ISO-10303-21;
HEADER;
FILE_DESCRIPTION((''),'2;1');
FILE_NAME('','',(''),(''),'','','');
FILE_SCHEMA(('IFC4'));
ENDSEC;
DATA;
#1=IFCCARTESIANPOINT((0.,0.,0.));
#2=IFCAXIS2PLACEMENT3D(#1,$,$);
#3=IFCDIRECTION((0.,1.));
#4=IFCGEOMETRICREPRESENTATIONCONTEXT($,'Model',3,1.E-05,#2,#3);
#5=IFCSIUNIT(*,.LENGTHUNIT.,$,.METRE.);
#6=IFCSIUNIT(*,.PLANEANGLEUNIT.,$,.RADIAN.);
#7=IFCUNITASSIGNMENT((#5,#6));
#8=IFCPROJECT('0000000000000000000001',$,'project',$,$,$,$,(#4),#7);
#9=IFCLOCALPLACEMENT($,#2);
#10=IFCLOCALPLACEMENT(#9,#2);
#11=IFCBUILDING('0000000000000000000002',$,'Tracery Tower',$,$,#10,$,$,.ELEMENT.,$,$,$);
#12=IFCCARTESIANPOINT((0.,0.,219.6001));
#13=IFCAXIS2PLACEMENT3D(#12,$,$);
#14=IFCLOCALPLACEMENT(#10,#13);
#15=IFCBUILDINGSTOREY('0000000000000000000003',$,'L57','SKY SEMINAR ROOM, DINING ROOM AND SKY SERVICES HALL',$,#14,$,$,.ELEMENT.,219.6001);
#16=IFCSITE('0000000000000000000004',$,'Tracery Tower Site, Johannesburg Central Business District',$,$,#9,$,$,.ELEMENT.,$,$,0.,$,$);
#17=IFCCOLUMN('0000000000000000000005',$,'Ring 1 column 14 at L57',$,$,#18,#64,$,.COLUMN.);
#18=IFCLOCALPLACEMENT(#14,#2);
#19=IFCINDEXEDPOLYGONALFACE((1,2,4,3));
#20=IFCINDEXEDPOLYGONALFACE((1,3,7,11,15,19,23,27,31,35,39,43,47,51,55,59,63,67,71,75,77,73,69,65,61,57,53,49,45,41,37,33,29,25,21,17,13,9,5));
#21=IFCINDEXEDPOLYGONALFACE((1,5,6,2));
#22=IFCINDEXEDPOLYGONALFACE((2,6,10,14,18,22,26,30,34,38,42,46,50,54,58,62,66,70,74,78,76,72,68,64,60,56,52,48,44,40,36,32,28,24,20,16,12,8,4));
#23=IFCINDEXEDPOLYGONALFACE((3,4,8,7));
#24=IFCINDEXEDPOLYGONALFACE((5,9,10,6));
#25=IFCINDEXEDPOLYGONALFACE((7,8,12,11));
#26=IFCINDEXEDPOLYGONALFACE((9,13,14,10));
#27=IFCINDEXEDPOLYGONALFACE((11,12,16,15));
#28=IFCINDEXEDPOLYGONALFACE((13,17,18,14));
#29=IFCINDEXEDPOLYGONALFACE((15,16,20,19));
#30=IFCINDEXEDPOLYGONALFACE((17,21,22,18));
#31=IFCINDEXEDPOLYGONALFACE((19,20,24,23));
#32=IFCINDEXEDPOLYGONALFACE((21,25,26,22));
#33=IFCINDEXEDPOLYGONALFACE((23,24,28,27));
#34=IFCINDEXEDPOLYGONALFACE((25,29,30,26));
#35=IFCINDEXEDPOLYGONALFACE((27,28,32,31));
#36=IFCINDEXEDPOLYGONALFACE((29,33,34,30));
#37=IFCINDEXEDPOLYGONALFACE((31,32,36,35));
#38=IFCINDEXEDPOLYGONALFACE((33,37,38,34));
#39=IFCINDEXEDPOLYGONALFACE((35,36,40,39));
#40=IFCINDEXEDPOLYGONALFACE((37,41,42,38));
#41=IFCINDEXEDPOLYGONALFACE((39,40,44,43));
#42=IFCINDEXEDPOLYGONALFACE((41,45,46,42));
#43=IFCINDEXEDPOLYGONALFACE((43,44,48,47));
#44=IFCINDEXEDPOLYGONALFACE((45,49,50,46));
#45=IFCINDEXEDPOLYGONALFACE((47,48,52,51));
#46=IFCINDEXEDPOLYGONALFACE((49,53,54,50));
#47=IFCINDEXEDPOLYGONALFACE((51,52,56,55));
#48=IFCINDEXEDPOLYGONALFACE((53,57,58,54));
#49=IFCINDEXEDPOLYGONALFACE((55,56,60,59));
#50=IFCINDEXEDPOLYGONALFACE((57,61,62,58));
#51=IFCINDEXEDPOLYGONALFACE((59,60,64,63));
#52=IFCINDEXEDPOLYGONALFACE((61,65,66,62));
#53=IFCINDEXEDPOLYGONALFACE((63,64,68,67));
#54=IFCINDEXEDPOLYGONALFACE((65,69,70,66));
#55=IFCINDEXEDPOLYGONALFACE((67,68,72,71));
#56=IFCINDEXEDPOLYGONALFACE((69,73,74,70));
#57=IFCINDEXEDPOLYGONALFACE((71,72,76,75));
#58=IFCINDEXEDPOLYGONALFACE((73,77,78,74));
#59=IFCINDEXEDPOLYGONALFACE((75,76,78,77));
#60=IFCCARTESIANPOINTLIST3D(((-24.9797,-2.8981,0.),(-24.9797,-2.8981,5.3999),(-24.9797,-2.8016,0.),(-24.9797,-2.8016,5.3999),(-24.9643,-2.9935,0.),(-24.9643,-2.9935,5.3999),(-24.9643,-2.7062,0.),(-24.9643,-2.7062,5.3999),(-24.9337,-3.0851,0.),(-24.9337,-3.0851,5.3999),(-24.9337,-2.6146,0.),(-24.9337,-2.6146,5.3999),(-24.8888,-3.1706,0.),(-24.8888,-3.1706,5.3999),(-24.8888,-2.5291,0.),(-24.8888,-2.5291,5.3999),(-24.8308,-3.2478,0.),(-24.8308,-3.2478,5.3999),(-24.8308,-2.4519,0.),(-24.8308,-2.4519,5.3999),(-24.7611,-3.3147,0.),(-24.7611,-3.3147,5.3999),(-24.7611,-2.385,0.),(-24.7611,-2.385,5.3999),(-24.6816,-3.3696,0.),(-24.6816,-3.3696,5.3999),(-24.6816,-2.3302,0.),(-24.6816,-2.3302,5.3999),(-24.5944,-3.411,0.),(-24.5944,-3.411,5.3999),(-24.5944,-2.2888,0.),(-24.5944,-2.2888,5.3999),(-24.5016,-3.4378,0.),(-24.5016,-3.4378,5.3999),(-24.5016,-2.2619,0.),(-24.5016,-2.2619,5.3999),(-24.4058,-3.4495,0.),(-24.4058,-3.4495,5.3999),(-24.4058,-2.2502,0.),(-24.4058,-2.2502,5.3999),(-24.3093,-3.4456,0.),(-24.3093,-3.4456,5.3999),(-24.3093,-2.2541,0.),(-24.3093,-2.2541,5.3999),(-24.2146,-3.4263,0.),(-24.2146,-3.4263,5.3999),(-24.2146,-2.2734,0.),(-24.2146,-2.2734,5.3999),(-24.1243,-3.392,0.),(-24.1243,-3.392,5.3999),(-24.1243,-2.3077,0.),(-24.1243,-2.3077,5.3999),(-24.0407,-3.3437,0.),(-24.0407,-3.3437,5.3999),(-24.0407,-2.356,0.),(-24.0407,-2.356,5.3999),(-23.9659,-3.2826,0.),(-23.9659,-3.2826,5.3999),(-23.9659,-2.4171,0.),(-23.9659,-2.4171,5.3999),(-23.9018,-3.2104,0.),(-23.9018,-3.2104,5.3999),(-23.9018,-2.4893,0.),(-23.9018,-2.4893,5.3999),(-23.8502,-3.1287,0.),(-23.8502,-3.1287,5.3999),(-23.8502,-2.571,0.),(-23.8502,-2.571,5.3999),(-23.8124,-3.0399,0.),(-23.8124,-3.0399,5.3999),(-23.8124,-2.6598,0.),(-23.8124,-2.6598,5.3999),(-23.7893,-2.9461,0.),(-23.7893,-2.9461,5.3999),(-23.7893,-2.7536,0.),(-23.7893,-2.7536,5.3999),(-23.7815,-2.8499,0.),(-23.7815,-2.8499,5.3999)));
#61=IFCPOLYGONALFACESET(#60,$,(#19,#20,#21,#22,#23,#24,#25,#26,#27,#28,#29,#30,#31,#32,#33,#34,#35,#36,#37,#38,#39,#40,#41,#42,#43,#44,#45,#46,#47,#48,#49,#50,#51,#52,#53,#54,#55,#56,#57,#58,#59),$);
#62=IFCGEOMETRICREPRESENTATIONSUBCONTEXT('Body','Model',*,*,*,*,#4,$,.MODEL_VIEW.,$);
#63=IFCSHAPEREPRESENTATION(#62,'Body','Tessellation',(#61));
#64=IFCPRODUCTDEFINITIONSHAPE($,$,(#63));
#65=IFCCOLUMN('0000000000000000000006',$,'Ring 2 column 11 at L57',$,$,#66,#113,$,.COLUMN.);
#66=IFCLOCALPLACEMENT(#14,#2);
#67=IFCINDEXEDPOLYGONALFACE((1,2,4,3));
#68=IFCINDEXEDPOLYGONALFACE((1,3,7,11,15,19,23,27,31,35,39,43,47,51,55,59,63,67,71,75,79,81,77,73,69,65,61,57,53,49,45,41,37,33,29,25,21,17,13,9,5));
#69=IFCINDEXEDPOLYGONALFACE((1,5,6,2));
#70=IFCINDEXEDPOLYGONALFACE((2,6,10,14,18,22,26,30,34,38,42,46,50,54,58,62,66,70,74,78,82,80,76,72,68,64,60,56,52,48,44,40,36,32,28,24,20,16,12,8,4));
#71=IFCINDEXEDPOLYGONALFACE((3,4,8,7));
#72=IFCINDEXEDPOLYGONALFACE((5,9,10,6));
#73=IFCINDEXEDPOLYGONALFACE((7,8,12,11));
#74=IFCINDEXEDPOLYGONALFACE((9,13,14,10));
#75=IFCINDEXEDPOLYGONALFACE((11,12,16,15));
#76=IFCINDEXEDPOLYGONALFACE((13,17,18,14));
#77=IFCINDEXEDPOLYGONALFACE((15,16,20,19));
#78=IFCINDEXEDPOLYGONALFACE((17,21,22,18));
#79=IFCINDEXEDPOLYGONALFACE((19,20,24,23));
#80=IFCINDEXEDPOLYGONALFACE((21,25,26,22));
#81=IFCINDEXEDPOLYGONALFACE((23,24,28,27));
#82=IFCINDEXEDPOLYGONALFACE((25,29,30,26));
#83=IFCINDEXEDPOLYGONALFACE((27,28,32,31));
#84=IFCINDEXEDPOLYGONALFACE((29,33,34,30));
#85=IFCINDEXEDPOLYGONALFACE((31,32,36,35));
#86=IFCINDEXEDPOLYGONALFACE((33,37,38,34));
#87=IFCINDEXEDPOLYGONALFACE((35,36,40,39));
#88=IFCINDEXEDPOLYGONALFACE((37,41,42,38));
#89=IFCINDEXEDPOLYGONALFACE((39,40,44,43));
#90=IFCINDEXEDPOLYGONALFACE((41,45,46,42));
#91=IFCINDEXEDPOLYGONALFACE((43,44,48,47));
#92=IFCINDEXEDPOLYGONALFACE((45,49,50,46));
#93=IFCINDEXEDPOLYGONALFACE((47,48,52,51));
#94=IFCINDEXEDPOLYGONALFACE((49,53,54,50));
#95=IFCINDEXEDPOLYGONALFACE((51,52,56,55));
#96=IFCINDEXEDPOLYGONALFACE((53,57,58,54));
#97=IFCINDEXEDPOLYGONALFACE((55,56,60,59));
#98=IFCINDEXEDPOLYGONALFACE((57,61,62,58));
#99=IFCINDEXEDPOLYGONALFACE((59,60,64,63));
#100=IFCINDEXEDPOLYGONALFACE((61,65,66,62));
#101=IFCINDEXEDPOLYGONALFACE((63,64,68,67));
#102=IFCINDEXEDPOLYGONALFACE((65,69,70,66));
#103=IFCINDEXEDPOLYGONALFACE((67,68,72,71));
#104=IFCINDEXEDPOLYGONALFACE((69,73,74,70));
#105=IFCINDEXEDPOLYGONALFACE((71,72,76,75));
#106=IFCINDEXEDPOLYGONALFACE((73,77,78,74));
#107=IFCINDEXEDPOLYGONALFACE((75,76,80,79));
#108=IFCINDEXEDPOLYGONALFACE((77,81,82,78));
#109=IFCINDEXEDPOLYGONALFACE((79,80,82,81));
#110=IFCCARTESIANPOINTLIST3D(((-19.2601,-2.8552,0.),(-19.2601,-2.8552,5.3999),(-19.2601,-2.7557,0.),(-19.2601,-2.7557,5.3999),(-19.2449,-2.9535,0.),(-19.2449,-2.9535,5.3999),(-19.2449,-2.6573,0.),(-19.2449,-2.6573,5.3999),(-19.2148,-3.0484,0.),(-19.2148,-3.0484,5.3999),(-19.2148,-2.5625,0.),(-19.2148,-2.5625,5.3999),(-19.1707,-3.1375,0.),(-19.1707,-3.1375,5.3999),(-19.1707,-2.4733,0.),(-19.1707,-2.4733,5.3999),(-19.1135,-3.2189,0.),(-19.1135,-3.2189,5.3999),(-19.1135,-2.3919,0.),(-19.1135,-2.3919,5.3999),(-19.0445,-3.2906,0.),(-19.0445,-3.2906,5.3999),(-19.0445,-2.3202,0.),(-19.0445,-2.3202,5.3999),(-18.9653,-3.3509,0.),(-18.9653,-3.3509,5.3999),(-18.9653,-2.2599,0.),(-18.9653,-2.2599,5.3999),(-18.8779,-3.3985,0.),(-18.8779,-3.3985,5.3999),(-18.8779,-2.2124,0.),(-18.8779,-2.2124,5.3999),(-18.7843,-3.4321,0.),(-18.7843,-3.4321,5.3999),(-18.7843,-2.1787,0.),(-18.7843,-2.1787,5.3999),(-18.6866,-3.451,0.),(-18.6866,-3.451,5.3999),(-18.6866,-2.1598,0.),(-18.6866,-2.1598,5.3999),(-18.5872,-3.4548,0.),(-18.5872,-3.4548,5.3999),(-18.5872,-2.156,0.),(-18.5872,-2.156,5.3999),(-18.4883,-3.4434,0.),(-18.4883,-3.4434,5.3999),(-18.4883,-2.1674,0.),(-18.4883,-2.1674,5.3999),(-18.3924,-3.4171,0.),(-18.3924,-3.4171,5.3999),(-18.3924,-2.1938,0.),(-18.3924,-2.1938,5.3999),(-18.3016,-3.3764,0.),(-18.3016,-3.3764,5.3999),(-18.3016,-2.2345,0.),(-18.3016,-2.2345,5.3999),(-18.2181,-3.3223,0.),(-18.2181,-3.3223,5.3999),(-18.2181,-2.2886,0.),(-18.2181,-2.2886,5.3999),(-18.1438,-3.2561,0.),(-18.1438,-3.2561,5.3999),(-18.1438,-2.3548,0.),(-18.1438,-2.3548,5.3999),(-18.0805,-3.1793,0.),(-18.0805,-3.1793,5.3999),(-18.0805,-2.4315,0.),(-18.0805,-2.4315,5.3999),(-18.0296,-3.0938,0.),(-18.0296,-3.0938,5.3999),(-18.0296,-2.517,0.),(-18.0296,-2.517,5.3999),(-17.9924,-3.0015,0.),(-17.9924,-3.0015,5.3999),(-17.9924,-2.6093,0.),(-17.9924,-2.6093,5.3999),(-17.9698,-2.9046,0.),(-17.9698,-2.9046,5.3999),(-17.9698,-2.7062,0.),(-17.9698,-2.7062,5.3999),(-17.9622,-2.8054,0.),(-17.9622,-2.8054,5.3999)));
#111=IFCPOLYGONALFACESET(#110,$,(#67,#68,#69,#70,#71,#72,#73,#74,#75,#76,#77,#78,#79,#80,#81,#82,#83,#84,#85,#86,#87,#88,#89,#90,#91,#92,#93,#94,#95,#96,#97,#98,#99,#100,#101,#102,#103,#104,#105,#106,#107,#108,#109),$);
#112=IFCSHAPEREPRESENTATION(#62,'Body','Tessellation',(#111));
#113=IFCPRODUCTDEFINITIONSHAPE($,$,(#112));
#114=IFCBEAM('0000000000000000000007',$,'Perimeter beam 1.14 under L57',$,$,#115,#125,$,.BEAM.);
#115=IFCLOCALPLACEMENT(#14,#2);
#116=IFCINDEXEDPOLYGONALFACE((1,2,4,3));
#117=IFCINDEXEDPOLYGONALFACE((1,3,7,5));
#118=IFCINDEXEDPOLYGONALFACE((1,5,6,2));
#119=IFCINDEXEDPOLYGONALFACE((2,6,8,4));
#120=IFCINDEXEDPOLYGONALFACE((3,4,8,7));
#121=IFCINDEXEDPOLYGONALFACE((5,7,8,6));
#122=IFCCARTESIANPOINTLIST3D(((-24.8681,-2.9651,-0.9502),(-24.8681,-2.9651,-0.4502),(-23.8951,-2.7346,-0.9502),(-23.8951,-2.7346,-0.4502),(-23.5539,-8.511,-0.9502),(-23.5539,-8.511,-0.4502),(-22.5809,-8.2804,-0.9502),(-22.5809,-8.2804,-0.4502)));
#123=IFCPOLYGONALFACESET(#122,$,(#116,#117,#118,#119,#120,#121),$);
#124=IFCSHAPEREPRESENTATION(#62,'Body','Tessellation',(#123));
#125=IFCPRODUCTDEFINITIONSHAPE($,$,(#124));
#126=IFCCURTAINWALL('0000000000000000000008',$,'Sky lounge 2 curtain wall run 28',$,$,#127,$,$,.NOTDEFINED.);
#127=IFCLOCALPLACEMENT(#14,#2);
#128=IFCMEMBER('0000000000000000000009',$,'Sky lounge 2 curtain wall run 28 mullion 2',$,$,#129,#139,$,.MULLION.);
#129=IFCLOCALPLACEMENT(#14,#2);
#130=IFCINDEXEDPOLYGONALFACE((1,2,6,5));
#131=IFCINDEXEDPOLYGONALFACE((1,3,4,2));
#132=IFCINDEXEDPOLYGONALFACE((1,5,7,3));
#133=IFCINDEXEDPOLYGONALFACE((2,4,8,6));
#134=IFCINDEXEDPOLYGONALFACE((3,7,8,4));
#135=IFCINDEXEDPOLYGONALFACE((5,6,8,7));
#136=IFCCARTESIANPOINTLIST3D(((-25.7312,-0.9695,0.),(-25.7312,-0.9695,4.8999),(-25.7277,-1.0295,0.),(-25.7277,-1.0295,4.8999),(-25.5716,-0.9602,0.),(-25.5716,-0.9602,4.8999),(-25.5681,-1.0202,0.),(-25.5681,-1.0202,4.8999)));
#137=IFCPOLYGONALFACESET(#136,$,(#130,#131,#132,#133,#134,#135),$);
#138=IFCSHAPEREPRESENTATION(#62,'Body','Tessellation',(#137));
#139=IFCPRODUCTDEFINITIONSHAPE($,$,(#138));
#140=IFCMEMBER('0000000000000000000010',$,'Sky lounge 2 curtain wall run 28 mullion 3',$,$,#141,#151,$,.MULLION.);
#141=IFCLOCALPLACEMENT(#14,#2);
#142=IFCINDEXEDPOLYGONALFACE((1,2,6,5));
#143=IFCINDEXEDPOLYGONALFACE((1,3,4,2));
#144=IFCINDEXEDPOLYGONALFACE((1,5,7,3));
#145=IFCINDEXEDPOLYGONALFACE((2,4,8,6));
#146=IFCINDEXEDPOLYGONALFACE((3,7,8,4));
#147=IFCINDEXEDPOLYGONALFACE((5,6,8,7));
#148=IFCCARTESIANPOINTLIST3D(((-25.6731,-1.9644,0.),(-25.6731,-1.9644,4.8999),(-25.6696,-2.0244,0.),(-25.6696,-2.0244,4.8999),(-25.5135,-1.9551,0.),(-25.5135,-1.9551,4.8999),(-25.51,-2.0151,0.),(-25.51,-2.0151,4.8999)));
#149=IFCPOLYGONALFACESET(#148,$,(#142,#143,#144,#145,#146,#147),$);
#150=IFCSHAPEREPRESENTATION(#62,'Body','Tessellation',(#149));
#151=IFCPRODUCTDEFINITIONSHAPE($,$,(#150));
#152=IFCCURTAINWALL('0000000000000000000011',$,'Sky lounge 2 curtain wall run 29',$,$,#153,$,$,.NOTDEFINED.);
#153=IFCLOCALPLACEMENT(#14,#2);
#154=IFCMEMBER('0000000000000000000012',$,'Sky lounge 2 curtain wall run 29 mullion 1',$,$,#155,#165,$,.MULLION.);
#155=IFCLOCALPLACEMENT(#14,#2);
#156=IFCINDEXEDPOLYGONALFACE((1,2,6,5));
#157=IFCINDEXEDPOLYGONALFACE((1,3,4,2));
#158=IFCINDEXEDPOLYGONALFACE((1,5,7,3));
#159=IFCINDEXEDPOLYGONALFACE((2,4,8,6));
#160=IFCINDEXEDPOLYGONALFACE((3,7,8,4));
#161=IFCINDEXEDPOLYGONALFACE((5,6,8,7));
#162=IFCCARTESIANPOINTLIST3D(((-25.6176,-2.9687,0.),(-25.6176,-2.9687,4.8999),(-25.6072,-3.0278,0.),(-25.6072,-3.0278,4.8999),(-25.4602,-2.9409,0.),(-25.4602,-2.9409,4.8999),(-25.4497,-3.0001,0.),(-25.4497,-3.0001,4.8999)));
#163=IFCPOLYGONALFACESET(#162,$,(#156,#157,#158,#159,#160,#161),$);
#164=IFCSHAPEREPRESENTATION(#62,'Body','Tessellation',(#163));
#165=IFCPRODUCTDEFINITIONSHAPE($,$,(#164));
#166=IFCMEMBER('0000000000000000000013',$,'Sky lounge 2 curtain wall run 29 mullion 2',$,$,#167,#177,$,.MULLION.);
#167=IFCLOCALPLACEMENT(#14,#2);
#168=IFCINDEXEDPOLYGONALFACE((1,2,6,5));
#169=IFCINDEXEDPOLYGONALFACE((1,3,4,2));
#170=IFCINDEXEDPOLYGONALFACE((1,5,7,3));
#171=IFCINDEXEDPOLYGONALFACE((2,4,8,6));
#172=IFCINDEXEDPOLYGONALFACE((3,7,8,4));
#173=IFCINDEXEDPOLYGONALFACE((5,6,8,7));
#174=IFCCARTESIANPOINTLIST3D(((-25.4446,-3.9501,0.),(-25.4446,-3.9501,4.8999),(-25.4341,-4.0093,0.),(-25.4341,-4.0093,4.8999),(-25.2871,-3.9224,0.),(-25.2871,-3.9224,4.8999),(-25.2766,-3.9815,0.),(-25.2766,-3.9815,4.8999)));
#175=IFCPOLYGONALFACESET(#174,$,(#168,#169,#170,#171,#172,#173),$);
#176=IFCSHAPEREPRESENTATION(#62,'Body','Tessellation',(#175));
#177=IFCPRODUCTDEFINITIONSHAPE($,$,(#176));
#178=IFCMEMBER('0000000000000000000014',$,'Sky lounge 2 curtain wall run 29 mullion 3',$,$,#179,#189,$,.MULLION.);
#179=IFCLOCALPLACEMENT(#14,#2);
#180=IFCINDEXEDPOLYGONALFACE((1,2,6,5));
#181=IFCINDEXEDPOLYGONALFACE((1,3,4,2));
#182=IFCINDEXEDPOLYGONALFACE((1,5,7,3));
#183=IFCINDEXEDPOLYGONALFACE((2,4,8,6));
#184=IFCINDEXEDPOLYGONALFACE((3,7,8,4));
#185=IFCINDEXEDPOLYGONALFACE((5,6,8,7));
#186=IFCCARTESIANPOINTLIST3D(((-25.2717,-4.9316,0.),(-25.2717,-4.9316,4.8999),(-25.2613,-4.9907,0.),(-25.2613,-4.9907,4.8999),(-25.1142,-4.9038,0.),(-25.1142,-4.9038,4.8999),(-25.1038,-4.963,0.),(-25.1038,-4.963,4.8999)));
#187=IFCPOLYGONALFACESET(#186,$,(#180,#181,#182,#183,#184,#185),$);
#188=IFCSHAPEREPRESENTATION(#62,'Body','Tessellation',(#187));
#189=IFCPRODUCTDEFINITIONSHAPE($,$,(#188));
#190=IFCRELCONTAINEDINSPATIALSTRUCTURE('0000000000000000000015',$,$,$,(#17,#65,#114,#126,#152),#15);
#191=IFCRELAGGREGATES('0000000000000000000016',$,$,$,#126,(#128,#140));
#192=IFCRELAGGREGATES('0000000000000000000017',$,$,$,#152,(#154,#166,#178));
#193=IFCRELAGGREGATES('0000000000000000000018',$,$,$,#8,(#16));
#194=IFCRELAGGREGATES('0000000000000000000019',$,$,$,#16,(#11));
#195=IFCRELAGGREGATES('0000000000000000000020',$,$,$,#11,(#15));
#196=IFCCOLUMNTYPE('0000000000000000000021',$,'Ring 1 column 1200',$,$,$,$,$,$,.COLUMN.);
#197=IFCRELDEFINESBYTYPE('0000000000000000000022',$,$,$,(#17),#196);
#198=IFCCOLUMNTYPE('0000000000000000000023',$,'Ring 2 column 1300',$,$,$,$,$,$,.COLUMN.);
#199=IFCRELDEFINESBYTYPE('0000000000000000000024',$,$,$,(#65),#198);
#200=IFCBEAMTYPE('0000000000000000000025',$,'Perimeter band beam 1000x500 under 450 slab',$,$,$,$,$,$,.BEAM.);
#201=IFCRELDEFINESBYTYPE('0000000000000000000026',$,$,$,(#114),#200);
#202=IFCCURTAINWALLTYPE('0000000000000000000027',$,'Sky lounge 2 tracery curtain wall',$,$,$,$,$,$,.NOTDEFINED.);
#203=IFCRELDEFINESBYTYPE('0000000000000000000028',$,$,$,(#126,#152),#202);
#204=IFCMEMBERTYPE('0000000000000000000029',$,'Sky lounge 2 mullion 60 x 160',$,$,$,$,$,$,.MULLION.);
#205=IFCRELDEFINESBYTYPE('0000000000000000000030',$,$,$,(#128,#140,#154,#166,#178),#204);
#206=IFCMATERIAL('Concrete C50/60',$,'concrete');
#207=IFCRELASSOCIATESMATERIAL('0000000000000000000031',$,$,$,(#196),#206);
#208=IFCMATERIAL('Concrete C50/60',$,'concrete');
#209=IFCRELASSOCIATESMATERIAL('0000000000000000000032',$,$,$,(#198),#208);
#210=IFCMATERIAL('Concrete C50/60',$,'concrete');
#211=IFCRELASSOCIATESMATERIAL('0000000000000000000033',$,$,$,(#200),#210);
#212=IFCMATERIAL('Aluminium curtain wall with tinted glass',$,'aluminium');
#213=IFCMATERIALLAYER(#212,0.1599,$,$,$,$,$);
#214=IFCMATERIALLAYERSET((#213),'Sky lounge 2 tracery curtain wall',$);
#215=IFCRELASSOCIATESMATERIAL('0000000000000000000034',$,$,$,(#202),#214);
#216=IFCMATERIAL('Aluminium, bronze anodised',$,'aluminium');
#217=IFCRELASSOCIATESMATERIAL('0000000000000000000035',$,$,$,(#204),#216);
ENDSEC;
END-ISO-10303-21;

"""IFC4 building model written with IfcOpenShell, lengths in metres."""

from ifc_helpers import new_model, si_unit, direction, frame, origin, origin_2d, place, context, subcontext, project, spatial, rectangle, circle, extrude, material, layer, layer_set, material_profile, profile_set, type_object, element, aggregate, save


model = new_model("IFC4")

# Units and contexts
model_context = context("Model", 3, precision=1e-05, world=origin(), true_north=direction((0.0, 1.0)))
body_context = subcontext(model_context, "Body", "Model", "MODEL_VIEW")
ifc_project = project(units=[si_unit("LENGTHUNIT", "METRE"), si_unit("PLANEANGLEUNIT", "RADIAN")], contexts=[model_context])

# Site, building, storey
site_placement = place(None, origin())
site = spatial("IfcSite", under=ifc_project, at=site_placement, Name="Tracery Tower Site, Johannesburg Central Business District", CompositionType="ELEMENT", RefElevation=0.0)
building_placement = place(site_placement, origin())
building = spatial("IfcBuilding", under=site, at=building_placement, Name="Tracery Tower", CompositionType="ELEMENT")
storey_placement = place(building_placement, frame((0.0, 0.0, 219.6001)))
storey = spatial("IfcBuildingStorey", under=building, at=storey_placement, Name="L57", Description="SKY SEMINAR ROOM, DINING ROOM AND SKY SERVICES HALL", CompositionType="ELEMENT", Elevation=219.6001)

# Columns
ifc_material_1 = material(Name="Concrete C50/60", Category="concrete")
ifc_material_profile_1 = material_profile(ifc_material_1, circle(Radius=0.6001, at=origin_2d()), Name="RC D1200")
ifc_profile_set_1 = profile_set([ifc_material_profile_1], Name="Concrete C50/60")
column_type_1 = type_object("IfcColumnType", Name="Ring 1 column 1200", PredefinedType="COLUMN", material=ifc_profile_set_1)
column_1_placement = place(storey_placement, frame((-24.3816, -2.8499, 0.0), z_axis=(0.0, 0.0, 1.0), x_axis=(1.0, 0.0, 0.0)))
element("IfcColumn", 1, at=column_1_placement, inside=storey, type_object=column_type_1, Name="Ring 1 column 14 at L57", PredefinedType="COLUMN", context=body_context, shape_type="SweptSolid", body=[
    extrude(circle(Radius=0.6001, at=origin_2d()), origin(), (0.0, 0.0, 1.0), 5.3999),
])
ifc_material_2 = material(Name="Concrete C50/60", Category="concrete")
ifc_material_profile_2 = material_profile(ifc_material_2, circle(Radius=0.6499, at=origin_2d()), Name="RC D1300")
ifc_profile_set_2 = profile_set([ifc_material_profile_2], Name="Concrete C50/60")
column_type_2 = type_object("IfcColumnType", Name="Ring 2 column 1300", PredefinedType="COLUMN", material=ifc_profile_set_2)
column_2_placement = place(storey_placement, frame((-18.6121, -2.8054, 0.0), z_axis=(0.0, 0.0, 1.0), x_axis=(1.0, 0.0, 0.0)))
element("IfcColumn", 2, at=column_2_placement, inside=storey, type_object=column_type_2, Name="Ring 2 column 11 at L57", PredefinedType="COLUMN", context=body_context, shape_type="SweptSolid", body=[
    extrude(circle(Radius=0.6499, at=origin_2d()), origin(), (0.0, 0.0, 1.0), 5.3999),
])

# Beam
ifc_material_3 = material(Name="Concrete C50/60", Category="concrete")
ifc_material_profile_3 = material_profile(ifc_material_3, rectangle(XDim=1.0, YDim=0.5, at=origin_2d()), Name="RC 1000x500")
ifc_profile_set_3 = profile_set([ifc_material_profile_3], Name="Concrete C50/60")
beam_type = type_object("IfcBeamType", Name="Perimeter band beam 1000x500 under 450 slab", PredefinedType="BEAM", material=ifc_profile_set_3)
beam_placement = place(storey_placement, frame((-24.3816, -2.8499, -0.7002), z_axis=(0.230584, -0.973052, 0.0), x_axis=(0.973052, 0.230584, 0.0)))
element("IfcBeam", 3, at=beam_placement, inside=storey, type_object=beam_type, Name="Perimeter beam 1.14 under L57", PredefinedType="BEAM", context=body_context, shape_type="SweptSolid", body=[
    extrude(rectangle(XDim=1.0, YDim=0.5, at=origin_2d()), origin(), (0.0, 0.0, 1.0), 5.6995),
])

# Curtain walls, members
ifc_material_4 = material(Name="Aluminium curtain wall with tinted glass", Category="aluminium")
ifc_layer_1 = layer(ifc_material_4, 0.1599)
ifc_layer_set_1 = layer_set([ifc_layer_1], Name="Sky lounge 2 tracery curtain wall")
curtain_wall_type = type_object("IfcCurtainWallType", Name="Sky lounge 2 tracery curtain wall", PredefinedType="NOTDEFINED", material=ifc_layer_set_1)
curtain_wall_1_placement = place(storey_placement, origin())
curtain_wall_1 = element("IfcCurtainWall", 4, at=curtain_wall_1_placement, inside=storey, type_object=curtain_wall_type, Name="Sky lounge 2 curtain wall run 28", PredefinedType="NOTDEFINED")
ifc_material_5 = material(Name="Aluminium, bronze anodised", Category="aluminium")
ifc_material_profile_4 = material_profile(ifc_material_5, rectangle(XDim=0.1599, YDim=0.0601, at=origin_2d()), Name="AL 60x160")
ifc_profile_set_4 = profile_set([ifc_material_profile_4], Name="Aluminium, bronze anodised")
member_type_1 = type_object("IfcMemberType", Name="Sky lounge 2 mullion 60 x 160", PredefinedType="MULLION", material=ifc_profile_set_4)
member_1_placement = place(storey_placement, frame((-25.6497, -0.9949, 0.0), z_axis=(0.0, 0.0, 1.0), x_axis=(0.998308, 0.058145, 0.0)))
member_1 = element("IfcMember", 5, at=member_1_placement, type_object=member_type_1, Name="Sky lounge 2 curtain wall run 28 mullion 2", PredefinedType="MULLION", context=body_context, shape_type="SweptSolid", body=[
    extrude(rectangle(XDim=0.1599, YDim=0.0601, at=origin_2d()), origin(), (0.0, 0.0, 1.0), 4.8999),
])
member_2_placement = place(storey_placement, frame((-25.5916, -1.9897, 0.0), z_axis=(0.0, 0.0, 1.0), x_axis=(0.998308, 0.058145, 0.0)))
member_2 = element("IfcMember", 6, at=member_2_placement, type_object=member_type_1, Name="Sky lounge 2 curtain wall run 28 mullion 3", PredefinedType="MULLION", context=body_context, shape_type="SweptSolid", body=[
    extrude(rectangle(XDim=0.1599, YDim=0.0601, at=origin_2d()), origin(), (0.0, 0.0, 1.0), 4.8999),
])
curtain_wall_2_placement = place(storey_placement, origin())
curtain_wall_2 = element("IfcCurtainWall", 7, at=curtain_wall_2_placement, inside=storey, type_object=curtain_wall_type, Name="Sky lounge 2 curtain wall run 29", PredefinedType="NOTDEFINED")
member_3_placement = place(storey_placement, frame((-25.5337, -2.9844, 0.0), z_axis=(0.0, 0.0, 1.0), x_axis=(0.984808, 0.173648, 0.0)))
member_3 = element("IfcMember", 8, at=member_3_placement, type_object=member_type_1, Name="Sky lounge 2 curtain wall run 29 mullion 1", PredefinedType="MULLION", context=body_context, shape_type="SweptSolid", body=[
    extrude(rectangle(XDim=0.1599, YDim=0.0601, at=origin_2d()), origin(), (0.0, 0.0, 1.0), 4.8999),
])
member_4_placement = place(storey_placement, frame((-25.3606, -3.9658, 0.0), z_axis=(0.0, 0.0, 1.0), x_axis=(0.984808, 0.173648, 0.0)))
member_4 = element("IfcMember", 9, at=member_4_placement, type_object=member_type_1, Name="Sky lounge 2 curtain wall run 29 mullion 2", PredefinedType="MULLION", context=body_context, shape_type="SweptSolid", body=[
    extrude(rectangle(XDim=0.1599, YDim=0.0601, at=origin_2d()), origin(), (0.0, 0.0, 1.0), 4.8999),
])
member_5_placement = place(storey_placement, frame((-25.1877, -4.9473, 0.0), z_axis=(0.0, 0.0, 1.0), x_axis=(0.984808, 0.173648, 0.0)))
member_5 = element("IfcMember", 10, at=member_5_placement, type_object=member_type_1, Name="Sky lounge 2 curtain wall run 29 mullion 3", PredefinedType="MULLION", context=body_context, shape_type="SweptSolid", body=[
    extrude(rectangle(XDim=0.1599, YDim=0.0601, at=origin_2d()), origin(), (0.0, 0.0, 1.0), 4.8999),
])

aggregate(curtain_wall_1, [member_1, member_2])
aggregate(curtain_wall_2, [member_3, member_4, member_5])

save(model, "model.ifc")
